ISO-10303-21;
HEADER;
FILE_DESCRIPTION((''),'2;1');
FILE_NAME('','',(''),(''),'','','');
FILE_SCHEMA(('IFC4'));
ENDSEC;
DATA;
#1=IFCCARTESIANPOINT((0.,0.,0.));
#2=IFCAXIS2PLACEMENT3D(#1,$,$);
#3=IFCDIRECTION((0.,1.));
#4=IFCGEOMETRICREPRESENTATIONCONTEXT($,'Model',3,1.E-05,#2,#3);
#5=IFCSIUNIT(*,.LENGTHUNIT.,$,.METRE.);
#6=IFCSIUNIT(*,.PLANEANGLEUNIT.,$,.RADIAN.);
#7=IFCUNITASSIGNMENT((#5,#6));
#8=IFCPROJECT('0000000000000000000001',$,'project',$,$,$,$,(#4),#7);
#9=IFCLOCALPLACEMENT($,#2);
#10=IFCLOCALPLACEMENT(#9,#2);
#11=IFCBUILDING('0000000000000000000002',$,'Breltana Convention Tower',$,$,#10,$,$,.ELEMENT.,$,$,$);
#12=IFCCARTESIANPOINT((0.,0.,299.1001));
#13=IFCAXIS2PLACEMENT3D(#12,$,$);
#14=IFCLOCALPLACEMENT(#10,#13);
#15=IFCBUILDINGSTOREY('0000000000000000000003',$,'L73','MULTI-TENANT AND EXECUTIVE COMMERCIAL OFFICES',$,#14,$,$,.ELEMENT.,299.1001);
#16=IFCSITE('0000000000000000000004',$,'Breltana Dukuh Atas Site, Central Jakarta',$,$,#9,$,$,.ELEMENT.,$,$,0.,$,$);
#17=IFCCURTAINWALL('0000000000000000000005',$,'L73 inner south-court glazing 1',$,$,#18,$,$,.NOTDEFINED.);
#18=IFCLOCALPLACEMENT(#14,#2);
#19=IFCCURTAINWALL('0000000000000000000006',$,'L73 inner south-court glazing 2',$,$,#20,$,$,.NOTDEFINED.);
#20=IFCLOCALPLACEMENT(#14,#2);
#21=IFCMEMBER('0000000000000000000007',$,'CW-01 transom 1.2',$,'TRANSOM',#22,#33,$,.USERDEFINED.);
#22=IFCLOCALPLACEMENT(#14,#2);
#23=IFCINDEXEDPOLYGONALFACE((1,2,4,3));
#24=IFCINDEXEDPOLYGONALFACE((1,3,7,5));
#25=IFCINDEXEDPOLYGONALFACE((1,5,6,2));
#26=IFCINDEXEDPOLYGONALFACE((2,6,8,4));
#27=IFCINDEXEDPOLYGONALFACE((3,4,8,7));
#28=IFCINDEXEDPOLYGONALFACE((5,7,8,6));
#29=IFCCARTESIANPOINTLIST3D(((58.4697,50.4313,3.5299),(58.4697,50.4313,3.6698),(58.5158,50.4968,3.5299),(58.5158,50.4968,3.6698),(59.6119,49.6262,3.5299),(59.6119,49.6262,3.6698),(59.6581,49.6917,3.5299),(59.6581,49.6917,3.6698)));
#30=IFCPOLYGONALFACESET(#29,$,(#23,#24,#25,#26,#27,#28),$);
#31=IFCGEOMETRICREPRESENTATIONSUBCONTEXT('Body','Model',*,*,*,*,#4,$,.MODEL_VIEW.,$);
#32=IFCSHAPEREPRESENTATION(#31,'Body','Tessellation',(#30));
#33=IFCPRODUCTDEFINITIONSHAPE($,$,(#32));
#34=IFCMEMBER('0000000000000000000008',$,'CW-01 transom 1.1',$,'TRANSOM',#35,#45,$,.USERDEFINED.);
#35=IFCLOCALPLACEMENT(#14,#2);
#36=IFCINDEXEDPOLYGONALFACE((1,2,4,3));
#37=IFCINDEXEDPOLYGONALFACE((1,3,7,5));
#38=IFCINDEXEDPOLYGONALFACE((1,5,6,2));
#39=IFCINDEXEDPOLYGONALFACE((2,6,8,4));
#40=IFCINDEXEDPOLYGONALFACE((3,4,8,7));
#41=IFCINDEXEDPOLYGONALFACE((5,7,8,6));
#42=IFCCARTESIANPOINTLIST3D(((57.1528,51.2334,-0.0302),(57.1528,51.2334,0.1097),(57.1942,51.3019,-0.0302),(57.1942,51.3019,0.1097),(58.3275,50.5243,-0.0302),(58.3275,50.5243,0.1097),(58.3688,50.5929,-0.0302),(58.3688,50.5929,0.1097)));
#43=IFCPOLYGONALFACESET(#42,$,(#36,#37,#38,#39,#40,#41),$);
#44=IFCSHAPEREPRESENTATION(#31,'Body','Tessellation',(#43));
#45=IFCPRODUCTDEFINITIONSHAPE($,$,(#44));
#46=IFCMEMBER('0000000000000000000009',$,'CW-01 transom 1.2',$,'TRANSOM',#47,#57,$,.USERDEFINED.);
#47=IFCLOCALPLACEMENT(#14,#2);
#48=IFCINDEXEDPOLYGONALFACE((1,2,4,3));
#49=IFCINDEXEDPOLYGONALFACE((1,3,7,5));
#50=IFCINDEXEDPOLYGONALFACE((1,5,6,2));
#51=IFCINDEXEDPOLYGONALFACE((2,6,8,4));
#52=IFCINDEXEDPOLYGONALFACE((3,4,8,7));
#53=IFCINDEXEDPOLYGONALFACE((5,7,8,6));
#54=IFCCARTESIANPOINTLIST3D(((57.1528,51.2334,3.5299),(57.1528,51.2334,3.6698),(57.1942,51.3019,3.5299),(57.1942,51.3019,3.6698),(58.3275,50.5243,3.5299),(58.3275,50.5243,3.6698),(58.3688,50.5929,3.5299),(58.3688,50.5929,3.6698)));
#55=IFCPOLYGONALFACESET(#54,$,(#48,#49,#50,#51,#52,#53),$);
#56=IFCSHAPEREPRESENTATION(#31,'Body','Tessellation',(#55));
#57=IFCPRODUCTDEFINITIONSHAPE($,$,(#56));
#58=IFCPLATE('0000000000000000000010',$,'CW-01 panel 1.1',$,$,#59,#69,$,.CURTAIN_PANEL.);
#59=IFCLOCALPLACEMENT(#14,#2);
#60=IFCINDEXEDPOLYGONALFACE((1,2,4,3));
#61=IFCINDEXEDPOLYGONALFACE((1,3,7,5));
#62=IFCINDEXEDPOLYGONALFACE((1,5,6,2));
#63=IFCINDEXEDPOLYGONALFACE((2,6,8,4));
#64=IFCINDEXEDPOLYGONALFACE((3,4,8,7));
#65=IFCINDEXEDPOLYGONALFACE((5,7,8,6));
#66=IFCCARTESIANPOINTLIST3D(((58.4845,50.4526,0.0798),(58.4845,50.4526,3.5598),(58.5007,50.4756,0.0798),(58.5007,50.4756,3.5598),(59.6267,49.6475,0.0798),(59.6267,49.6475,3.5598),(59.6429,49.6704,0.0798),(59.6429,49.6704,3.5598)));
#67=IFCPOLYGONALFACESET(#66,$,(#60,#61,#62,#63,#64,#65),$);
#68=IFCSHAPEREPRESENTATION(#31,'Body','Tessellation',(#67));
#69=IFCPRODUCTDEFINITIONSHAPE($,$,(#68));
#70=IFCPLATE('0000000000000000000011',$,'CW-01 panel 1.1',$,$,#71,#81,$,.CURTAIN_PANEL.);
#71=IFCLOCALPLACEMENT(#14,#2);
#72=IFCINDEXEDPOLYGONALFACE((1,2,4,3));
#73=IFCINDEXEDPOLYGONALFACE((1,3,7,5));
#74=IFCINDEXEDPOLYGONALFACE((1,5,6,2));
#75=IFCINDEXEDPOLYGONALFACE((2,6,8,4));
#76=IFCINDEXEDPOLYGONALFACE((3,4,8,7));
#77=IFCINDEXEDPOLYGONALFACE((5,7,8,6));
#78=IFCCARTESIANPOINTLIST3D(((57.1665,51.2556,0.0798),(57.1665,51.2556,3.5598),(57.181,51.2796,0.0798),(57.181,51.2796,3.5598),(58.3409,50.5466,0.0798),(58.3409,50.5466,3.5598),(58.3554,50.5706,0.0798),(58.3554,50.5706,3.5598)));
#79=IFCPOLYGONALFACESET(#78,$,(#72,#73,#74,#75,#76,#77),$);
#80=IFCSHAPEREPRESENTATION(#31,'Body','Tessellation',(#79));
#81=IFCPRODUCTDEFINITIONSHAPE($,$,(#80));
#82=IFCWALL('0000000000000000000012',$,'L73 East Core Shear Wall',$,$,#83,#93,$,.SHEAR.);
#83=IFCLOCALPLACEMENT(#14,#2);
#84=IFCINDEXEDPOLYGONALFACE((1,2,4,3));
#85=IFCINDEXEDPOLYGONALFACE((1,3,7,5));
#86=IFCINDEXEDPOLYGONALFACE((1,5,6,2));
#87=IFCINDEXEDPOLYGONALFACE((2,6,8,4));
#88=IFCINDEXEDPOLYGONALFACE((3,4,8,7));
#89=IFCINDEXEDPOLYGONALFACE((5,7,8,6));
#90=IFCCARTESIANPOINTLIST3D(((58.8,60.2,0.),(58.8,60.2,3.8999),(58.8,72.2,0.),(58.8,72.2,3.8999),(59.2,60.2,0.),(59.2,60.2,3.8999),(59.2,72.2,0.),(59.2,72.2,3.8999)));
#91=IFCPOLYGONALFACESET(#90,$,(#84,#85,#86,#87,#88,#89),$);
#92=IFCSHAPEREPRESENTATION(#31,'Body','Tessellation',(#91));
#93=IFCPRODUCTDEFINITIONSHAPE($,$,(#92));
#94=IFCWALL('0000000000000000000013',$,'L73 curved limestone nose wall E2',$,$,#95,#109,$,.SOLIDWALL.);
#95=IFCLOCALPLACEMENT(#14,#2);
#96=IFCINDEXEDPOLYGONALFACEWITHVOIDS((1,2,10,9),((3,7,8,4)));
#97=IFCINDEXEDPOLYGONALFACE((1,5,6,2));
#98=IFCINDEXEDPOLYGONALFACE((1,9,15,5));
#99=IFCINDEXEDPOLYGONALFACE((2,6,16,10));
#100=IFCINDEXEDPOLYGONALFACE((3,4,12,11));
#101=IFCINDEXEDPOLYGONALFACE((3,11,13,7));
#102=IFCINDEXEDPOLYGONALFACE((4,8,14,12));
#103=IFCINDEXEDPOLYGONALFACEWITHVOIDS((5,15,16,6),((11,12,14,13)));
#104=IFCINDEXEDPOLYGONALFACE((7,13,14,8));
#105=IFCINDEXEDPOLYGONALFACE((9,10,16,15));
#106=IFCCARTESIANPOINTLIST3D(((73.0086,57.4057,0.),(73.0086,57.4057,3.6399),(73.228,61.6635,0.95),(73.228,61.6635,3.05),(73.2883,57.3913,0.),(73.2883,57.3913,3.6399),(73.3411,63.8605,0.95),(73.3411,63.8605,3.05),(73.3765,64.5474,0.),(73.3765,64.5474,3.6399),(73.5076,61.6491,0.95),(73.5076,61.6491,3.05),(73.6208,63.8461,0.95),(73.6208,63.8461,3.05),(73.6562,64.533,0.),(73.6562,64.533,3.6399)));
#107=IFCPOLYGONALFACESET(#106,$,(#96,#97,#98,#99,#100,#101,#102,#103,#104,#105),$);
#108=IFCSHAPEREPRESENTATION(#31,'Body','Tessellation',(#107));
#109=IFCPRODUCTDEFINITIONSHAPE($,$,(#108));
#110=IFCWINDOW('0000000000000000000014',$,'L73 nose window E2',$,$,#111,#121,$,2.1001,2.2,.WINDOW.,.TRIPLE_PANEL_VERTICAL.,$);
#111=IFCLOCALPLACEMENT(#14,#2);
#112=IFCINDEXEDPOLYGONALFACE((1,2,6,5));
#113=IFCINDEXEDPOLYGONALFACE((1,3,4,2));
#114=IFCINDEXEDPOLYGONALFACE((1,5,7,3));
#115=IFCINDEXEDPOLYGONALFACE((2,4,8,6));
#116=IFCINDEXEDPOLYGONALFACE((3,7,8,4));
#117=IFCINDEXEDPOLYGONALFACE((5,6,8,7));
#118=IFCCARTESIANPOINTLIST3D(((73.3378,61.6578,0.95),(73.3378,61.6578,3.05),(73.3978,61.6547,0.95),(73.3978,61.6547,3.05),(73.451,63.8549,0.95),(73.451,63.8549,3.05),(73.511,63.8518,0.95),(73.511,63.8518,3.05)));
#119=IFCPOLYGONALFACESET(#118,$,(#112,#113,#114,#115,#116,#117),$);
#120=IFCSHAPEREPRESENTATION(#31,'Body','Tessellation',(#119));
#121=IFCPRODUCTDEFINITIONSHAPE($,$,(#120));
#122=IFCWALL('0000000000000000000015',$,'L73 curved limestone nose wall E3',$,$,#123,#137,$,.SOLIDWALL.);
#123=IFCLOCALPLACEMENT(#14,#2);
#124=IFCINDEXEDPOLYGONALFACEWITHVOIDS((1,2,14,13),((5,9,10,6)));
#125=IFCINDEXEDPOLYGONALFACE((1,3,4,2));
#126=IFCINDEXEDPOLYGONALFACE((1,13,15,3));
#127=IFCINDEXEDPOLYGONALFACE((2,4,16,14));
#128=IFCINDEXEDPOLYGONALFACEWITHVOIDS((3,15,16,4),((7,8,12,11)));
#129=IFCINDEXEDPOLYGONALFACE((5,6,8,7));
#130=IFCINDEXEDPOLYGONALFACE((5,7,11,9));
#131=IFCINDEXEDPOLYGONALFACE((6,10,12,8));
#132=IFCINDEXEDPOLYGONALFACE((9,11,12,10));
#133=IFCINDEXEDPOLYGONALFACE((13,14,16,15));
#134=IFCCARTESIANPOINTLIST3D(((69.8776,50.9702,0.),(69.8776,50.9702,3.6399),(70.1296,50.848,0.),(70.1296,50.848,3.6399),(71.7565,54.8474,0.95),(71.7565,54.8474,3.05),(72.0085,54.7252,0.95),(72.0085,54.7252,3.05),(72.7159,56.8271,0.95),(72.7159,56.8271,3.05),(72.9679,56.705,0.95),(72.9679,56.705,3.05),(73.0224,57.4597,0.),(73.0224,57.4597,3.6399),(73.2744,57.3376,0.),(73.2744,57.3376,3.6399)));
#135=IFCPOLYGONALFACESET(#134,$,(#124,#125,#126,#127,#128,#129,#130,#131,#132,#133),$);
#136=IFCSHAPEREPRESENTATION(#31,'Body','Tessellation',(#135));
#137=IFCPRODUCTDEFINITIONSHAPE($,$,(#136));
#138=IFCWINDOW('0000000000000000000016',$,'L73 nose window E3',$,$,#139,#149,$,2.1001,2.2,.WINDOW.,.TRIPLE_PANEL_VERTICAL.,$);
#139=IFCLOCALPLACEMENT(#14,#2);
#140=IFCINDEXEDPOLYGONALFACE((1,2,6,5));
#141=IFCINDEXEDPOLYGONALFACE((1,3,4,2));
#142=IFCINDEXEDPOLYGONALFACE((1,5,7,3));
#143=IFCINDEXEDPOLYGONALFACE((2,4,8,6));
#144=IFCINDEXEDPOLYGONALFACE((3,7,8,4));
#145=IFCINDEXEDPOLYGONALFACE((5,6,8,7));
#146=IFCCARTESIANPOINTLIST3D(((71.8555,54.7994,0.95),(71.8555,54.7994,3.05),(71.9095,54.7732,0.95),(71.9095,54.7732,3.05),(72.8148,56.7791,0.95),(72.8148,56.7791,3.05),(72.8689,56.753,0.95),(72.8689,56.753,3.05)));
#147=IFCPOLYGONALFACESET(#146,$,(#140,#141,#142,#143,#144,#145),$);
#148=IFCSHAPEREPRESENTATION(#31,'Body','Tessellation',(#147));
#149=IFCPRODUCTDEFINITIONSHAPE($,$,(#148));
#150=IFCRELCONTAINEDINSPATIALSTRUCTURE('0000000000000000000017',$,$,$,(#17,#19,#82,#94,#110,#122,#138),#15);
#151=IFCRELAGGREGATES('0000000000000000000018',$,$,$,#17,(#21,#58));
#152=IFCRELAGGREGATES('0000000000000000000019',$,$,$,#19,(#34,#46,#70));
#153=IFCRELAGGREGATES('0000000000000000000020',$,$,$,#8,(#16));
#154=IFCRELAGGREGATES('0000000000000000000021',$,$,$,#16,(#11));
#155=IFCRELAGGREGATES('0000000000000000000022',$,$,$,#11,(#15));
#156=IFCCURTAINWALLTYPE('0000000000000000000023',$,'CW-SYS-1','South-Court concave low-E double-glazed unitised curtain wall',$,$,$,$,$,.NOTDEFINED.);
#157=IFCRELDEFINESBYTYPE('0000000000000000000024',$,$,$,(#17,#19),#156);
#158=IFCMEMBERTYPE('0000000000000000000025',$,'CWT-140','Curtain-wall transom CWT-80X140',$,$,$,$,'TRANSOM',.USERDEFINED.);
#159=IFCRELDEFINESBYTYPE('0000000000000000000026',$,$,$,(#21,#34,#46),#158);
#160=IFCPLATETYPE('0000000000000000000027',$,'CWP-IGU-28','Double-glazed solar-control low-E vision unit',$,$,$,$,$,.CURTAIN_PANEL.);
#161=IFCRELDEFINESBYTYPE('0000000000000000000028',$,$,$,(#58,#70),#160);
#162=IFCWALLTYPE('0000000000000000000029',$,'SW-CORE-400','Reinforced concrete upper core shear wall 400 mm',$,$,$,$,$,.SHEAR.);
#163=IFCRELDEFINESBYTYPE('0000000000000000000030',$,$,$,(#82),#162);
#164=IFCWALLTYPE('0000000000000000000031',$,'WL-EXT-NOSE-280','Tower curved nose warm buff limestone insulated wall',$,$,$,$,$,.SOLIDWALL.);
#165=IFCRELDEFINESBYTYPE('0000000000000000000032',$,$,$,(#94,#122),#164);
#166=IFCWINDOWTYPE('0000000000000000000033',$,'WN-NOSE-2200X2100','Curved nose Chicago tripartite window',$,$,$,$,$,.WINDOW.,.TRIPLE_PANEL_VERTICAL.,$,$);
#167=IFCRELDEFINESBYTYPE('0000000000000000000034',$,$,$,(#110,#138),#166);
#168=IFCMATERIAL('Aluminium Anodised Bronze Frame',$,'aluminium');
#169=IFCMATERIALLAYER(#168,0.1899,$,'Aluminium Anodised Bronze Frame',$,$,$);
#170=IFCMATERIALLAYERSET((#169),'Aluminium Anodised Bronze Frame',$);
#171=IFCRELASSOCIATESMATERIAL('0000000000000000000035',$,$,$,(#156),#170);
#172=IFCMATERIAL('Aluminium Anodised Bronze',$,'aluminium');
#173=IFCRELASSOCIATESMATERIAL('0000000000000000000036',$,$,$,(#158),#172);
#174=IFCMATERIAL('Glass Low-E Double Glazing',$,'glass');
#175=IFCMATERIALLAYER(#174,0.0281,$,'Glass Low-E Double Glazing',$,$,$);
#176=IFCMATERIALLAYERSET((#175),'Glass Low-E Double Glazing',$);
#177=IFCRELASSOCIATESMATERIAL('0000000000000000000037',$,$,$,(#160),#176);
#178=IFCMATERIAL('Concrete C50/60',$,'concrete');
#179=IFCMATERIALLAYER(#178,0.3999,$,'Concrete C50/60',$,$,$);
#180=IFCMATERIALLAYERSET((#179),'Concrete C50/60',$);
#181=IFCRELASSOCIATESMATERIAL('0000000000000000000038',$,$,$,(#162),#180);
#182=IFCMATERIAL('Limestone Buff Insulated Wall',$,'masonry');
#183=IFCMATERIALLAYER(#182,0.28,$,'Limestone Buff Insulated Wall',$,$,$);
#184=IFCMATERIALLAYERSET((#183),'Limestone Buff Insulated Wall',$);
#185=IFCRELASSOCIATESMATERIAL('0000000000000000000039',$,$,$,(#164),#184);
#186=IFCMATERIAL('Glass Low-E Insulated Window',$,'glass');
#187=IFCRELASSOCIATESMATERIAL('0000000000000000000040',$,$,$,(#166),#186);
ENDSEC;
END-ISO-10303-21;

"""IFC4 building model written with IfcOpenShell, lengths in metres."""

from ifc_helpers import new_model, si_unit, direction, frame, frame_2d, origin, origin_2d, place, context, subcontext, project, spatial, rectangle, extrude, source, transform, mapped, material, layer, layer_set, material_profile, profile_set, type_object, type_shapes, element, fill, aggregate, save


model = new_model("IFC4")

# Units and contexts
model_context = context("Model", 3, precision=1e-05, world=origin(), true_north=direction((0.0, 1.0)))
body_context = subcontext(model_context, "Body", "Model", "MODEL_VIEW")
ifc_project = project(units=[si_unit("LENGTHUNIT", "METRE"), si_unit("PLANEANGLEUNIT", "RADIAN")], contexts=[model_context])

# Site, building, storey
site_placement = place(None, origin())
site = spatial("IfcSite", under=ifc_project, at=site_placement, Name="Breltana Dukuh Atas Site, Central Jakarta", CompositionType="ELEMENT", RefElevation=0.0)
building_placement = place(site_placement, origin())
building = spatial("IfcBuilding", under=site, at=building_placement, Name="Breltana Convention Tower", CompositionType="ELEMENT")
storey_placement = place(building_placement, frame((0.0, 0.0, 299.1001)))
storey = spatial("IfcBuildingStorey", under=building, at=storey_placement, Name="L73", Description="MULTI-TENANT AND EXECUTIVE COMMERCIAL OFFICES", CompositionType="ELEMENT", Elevation=299.1001)

# Curtain walls
ifc_material_1 = material(Name="Aluminium Anodised Bronze Frame", Category="aluminium")
ifc_layer_1 = layer(ifc_material_1, 0.1899, Name="Aluminium Anodised Bronze Frame")
ifc_layer_set_1 = layer_set([ifc_layer_1], Name="Aluminium Anodised Bronze Frame")
curtain_wall_type = type_object("IfcCurtainWallType", Name="CW-SYS-1", Description="South-Court concave low-E double-glazed unitised curtain wall", PredefinedType="NOTDEFINED", material=ifc_layer_set_1)
curtain_wall_1_placement = place(storey_placement, origin())
curtain_wall_1 = element("IfcCurtainWall", 1, at=curtain_wall_1_placement, inside=storey, type_object=curtain_wall_type, Name="L73 inner south-court glazing 1", PredefinedType="NOTDEFINED")
ifc_material_2 = material(Name="Aluminium Anodised Bronze", Category="aluminium")
curtain_wall_2_placement = place(storey_placement, origin())
curtain_wall_2 = element("IfcCurtainWall", 2, at=curtain_wall_2_placement, inside=storey, type_object=curtain_wall_type, Name="L73 inner south-court glazing 2", PredefinedType="NOTDEFINED")

# Members
ifc_material_profile_1 = material_profile(ifc_material_2, rectangle(XDim=0.0801, YDim=0.1399, at=origin_2d()), Name="CWT-80X140")
ifc_profile_set_1 = profile_set([ifc_material_profile_1], Name="Aluminium Anodised Bronze")
member_type_1 = type_object("IfcMemberType", Name="CWT-140", Description="Curtain-wall transom CWT-80X140", ElementType="TRANSOM", PredefinedType="USERDEFINED", material=ifc_profile_set_1)
shared_shape_1 = source(origin(), body_context, "Body", "SweptSolid", [
    extrude(rectangle(XDim=0.0801, YDim=0.1399, at=origin_2d()), origin(), (0.0, 0.0, 1.0), 1.3975),
])
member_1_placement = place(storey_placement, frame((59.635, 49.6589, 3.5999), z_axis=(-0.817365, 0.576121, 0.0), x_axis=(-0.576121, -0.817365, 0.0)))
member_1 = element("IfcMember", 3, at=member_1_placement, type_object=member_type_1, Name="CW-01 transom 1.2", ObjectType="TRANSOM", PredefinedType="USERDEFINED", context=body_context, shape_type="MappedRepresentation", body=[
    mapped(shared_shape_1, transform((0.0, 0.0, 0.0), scale=1.0)),
])
shared_shape_2 = source(origin(), body_context, "Body", "SweptSolid", [
    extrude(rectangle(XDim=0.0801, YDim=0.1399, at=origin_2d()), origin(), (0.0, 0.0, 1.0), 1.3721),
])
member_2_placement = place(storey_placement, frame((58.3481, 50.5586, 0.0398), z_axis=(-0.856124, 0.516771, 0.0), x_axis=(-0.516771, -0.856124, 0.0)))
member_2 = element("IfcMember", 4, at=member_2_placement, type_object=member_type_1, Name="CW-01 transom 1.1", ObjectType="TRANSOM", PredefinedType="USERDEFINED", context=body_context, shape_type="MappedRepresentation", body=[
    mapped(shared_shape_2, transform((0.0, 0.0, 0.0), scale=1.0)),
])
member_3_placement = place(storey_placement, frame((58.3481, 50.5586, 3.5999), z_axis=(-0.856124, 0.516771, 0.0), x_axis=(-0.516771, -0.856124, 0.0)))
member_3 = element("IfcMember", 5, at=member_3_placement, type_object=member_type_1, Name="CW-01 transom 1.2", ObjectType="TRANSOM", PredefinedType="USERDEFINED", context=body_context, shape_type="MappedRepresentation", body=[
    mapped(shared_shape_2, transform((0.0, 0.0, 0.0), scale=1.0)),
])

# Plates
ifc_material_3 = material(Name="Glass Low-E Double Glazing", Category="glass")
ifc_layer_2 = layer(ifc_material_3, 0.0281, Name="Glass Low-E Double Glazing")
ifc_layer_set_2 = layer_set([ifc_layer_2], Name="Glass Low-E Double Glazing")
plate_type = type_object("IfcPlateType", Name="CWP-IGU-28", Description="Double-glazed solar-control low-E vision unit", PredefinedType="CURTAIN_PANEL", material=ifc_layer_set_2)
shared_shape_3 = source(origin(), body_context, "Body", "SweptSolid", [
    extrude(rectangle(XDim=1.3975, YDim=0.0281, at=origin_2d()), origin(), (0.0, 0.0, 1.0), 3.48),
])
plate_1_placement = place(storey_placement, frame((59.0637, 50.0615, 0.0798), z_axis=(0.0, 0.0, 1.0), x_axis=(-0.817327, 0.576174, 0.0)))
plate_1 = element("IfcPlate", 6, at=plate_1_placement, type_object=plate_type, Name="CW-01 panel 1.1", PredefinedType="CURTAIN_PANEL", context=body_context, shape_type="MappedRepresentation", body=[
    mapped(shared_shape_3, transform((0.0, 0.0, 0.0), scale=1.0)),
])
aggregate(curtain_wall_1, [member_1, plate_1])
shared_shape_4 = source(origin(), body_context, "Body", "SweptSolid", [
    extrude(rectangle(XDim=1.3718, YDim=0.0281, at=origin_2d()), origin(), (0.0, 0.0, 1.0), 3.48),
])
plate_2_placement = place(storey_placement, frame((57.761, 50.9131, 0.0798), z_axis=(0.0, 0.0, 1.0), x_axis=(-0.85609, 0.516827, 0.0)))
plate_2 = element("IfcPlate", 7, at=plate_2_placement, type_object=plate_type, Name="CW-01 panel 1.1", PredefinedType="CURTAIN_PANEL", context=body_context, shape_type="MappedRepresentation", body=[
    mapped(shared_shape_4, transform((0.0, 0.0, 0.0), scale=1.0)),
])
aggregate(curtain_wall_2, [member_2, member_3, plate_2])

# Wall
ifc_material_4 = material(Name="Concrete C50/60", Category="concrete")
ifc_layer_3 = layer(ifc_material_4, 0.3999, Name="Concrete C50/60")
ifc_layer_set_3 = layer_set([ifc_layer_3], Name="Concrete C50/60")
wall_type_1 = type_object("IfcWallType", Name="SW-CORE-400", Description="Reinforced concrete upper core shear wall 400 mm", PredefinedType="SHEAR", material=ifc_layer_set_3)
shared_shape_5 = source(origin(), body_context, "Body", "SweptSolid", [
    extrude(rectangle(XDim=12.0, YDim=0.3999, at=frame_2d((6.0, 0.0))), origin(), (0.0, 0.0, 1.0), 3.8999),
])
wall_1_placement = place(storey_placement, frame((59.0, 60.2, 0.0), z_axis=(0.0, 0.0, 1.0), x_axis=(0.0, 1.0, 0.0)))
element("IfcWall", 8, at=wall_1_placement, inside=storey, type_object=wall_type_1, Name="L73 East Core Shear Wall", PredefinedType="SHEAR", context=body_context, shape_type="MappedRepresentation", body=[
    mapped(shared_shape_5, transform((0.0, 0.0, 0.0), scale=1.0)),
])

# Walls, openings, windows
ifc_material_5 = material(Name="Limestone Buff Insulated Wall", Category="masonry")
ifc_layer_4 = layer(ifc_material_5, 0.28, Name="Limestone Buff Insulated Wall")
ifc_layer_set_4 = layer_set([ifc_layer_4], Name="Limestone Buff Insulated Wall")
wall_type_2 = type_object("IfcWallType", Name="WL-EXT-NOSE-280", Description="Tower curved nose warm buff limestone insulated wall", PredefinedType="SOLIDWALL", material=ifc_layer_set_4)
shared_shape_6 = source(origin(), body_context, "Body", "SweptSolid", [
    extrude(rectangle(XDim=7.1511, YDim=0.28, at=frame_2d((3.5757, 0.0))), origin(), (0.0, 0.0, 1.0), 3.6399),
])
wall_2_placement = place(storey_placement, frame((73.5164, 64.5403, 0.0), z_axis=(0.0, 0.0, 1.0), x_axis=(-0.05145, -0.998676, 0.0)))
wall_2 = element("IfcWall", 9, at=wall_2_placement, inside=storey, type_object=wall_type_2, Name="L73 curved limestone nose wall E2", PredefinedType="SOLIDWALL", context=body_context, shape_type="MappedRepresentation", body=[
    mapped(shared_shape_6, transform((0.0, 0.0, 0.0), scale=1.0)),
])
opening_1_placement = place(wall_2_placement, frame((0.6877, 0.0, 0.95)))
opening_1 = element("IfcOpeningElement", 10, at=opening_1_placement, cuts=wall_2, PredefinedType="OPENING", context=body_context, shape_type="SweptSolid", body=[
    extrude(rectangle(XDim=2.2, YDim=2.1001, at=frame_2d((1.1001, 1.05))), frame((0.0, 0.1499, 0.0), z_axis=(0.0, -1.0, 0.0), x_axis=(1.0, 0.0, 0.0)), (0.0, 0.0, 1.0), 0.3),
])
ifc_material_6 = material(Name="Glass Low-E Insulated Window", Category="glass")
window_type = type_object("IfcWindowType", Name="WN-NOSE-2200X2100", Description="Curved nose Chicago tripartite window", PartitioningType="TRIPLE_PANEL_VERTICAL", PredefinedType="WINDOW", material=ifc_material_6)
shared_shape_7 = source(origin(), body_context, "Body", "SweptSolid", [
    extrude(rectangle(XDim=2.2, YDim=2.1001, at=frame_2d((1.1001, 1.05))), frame((0.0, 0.03, 0.0), z_axis=(0.0, -1.0, 0.0), x_axis=(1.0, 0.0, 0.0)), (0.0, 0.0, 1.0), 0.0601),
])
type_shapes(window_type, [shared_shape_7])
window_1_placement = place(opening_1_placement, origin())
window_1 = element("IfcWindow", 11, at=window_1_placement, inside=storey, type_object=window_type, Name="L73 nose window E2", OverallHeight=2.1001, OverallWidth=2.2, PartitioningType="TRIPLE_PANEL_VERTICAL", PredefinedType="WINDOW", context=body_context, shape_type="MappedRepresentation", body=[
    mapped(shared_shape_7, transform((0.0, 0.0, 0.0), scale=1.0)),
])
fill(opening_1, window_1)
shared_shape_8 = source(origin(), body_context, "Body", "SweptSolid", [
    extrude(rectangle(XDim=7.2114, YDim=0.28, at=frame_2d((3.6057, 0.0))), origin(), (0.0, 0.0, 1.0), 3.6399),
])
wall_3_placement = place(storey_placement, frame((73.1484, 57.3987, 0.0), z_axis=(0.0, 0.0, 1.0), x_axis=(-0.436088, -0.899904, 0.0)))
wall_3 = element("IfcWall", 12, at=wall_3_placement, inside=storey, type_object=wall_type_2, Name="L73 curved limestone nose wall E3", PredefinedType="SOLIDWALL", context=body_context, shape_type="MappedRepresentation", body=[
    mapped(shared_shape_8, transform((0.0, 0.0, 0.0), scale=1.0)),
])
opening_2_placement = place(wall_3_placement, frame((0.7029, 0.0, 0.95)))
opening_2 = element("IfcOpeningElement", 13, at=opening_2_placement, cuts=wall_3, PredefinedType="OPENING", context=body_context, shape_type="SweptSolid", body=[
    extrude(rectangle(XDim=2.2, YDim=2.1001, at=frame_2d((1.1001, 1.05))), frame((0.0, 0.1499, 0.0), z_axis=(0.0, -1.0, 0.0), x_axis=(1.0, 0.0, 0.0)), (0.0, 0.0, 1.0), 0.3),
])
window_2_placement = place(opening_2_placement, origin())
window_2 = element("IfcWindow", 14, at=window_2_placement, inside=storey, type_object=window_type, Name="L73 nose window E3", OverallHeight=2.1001, OverallWidth=2.2, PartitioningType="TRIPLE_PANEL_VERTICAL", PredefinedType="WINDOW", context=body_context, shape_type="MappedRepresentation", body=[
    mapped(shared_shape_7, transform((0.0, 0.0, 0.0), scale=1.0)),
])
fill(opening_2, window_2)

save(model, "model.ifc")
